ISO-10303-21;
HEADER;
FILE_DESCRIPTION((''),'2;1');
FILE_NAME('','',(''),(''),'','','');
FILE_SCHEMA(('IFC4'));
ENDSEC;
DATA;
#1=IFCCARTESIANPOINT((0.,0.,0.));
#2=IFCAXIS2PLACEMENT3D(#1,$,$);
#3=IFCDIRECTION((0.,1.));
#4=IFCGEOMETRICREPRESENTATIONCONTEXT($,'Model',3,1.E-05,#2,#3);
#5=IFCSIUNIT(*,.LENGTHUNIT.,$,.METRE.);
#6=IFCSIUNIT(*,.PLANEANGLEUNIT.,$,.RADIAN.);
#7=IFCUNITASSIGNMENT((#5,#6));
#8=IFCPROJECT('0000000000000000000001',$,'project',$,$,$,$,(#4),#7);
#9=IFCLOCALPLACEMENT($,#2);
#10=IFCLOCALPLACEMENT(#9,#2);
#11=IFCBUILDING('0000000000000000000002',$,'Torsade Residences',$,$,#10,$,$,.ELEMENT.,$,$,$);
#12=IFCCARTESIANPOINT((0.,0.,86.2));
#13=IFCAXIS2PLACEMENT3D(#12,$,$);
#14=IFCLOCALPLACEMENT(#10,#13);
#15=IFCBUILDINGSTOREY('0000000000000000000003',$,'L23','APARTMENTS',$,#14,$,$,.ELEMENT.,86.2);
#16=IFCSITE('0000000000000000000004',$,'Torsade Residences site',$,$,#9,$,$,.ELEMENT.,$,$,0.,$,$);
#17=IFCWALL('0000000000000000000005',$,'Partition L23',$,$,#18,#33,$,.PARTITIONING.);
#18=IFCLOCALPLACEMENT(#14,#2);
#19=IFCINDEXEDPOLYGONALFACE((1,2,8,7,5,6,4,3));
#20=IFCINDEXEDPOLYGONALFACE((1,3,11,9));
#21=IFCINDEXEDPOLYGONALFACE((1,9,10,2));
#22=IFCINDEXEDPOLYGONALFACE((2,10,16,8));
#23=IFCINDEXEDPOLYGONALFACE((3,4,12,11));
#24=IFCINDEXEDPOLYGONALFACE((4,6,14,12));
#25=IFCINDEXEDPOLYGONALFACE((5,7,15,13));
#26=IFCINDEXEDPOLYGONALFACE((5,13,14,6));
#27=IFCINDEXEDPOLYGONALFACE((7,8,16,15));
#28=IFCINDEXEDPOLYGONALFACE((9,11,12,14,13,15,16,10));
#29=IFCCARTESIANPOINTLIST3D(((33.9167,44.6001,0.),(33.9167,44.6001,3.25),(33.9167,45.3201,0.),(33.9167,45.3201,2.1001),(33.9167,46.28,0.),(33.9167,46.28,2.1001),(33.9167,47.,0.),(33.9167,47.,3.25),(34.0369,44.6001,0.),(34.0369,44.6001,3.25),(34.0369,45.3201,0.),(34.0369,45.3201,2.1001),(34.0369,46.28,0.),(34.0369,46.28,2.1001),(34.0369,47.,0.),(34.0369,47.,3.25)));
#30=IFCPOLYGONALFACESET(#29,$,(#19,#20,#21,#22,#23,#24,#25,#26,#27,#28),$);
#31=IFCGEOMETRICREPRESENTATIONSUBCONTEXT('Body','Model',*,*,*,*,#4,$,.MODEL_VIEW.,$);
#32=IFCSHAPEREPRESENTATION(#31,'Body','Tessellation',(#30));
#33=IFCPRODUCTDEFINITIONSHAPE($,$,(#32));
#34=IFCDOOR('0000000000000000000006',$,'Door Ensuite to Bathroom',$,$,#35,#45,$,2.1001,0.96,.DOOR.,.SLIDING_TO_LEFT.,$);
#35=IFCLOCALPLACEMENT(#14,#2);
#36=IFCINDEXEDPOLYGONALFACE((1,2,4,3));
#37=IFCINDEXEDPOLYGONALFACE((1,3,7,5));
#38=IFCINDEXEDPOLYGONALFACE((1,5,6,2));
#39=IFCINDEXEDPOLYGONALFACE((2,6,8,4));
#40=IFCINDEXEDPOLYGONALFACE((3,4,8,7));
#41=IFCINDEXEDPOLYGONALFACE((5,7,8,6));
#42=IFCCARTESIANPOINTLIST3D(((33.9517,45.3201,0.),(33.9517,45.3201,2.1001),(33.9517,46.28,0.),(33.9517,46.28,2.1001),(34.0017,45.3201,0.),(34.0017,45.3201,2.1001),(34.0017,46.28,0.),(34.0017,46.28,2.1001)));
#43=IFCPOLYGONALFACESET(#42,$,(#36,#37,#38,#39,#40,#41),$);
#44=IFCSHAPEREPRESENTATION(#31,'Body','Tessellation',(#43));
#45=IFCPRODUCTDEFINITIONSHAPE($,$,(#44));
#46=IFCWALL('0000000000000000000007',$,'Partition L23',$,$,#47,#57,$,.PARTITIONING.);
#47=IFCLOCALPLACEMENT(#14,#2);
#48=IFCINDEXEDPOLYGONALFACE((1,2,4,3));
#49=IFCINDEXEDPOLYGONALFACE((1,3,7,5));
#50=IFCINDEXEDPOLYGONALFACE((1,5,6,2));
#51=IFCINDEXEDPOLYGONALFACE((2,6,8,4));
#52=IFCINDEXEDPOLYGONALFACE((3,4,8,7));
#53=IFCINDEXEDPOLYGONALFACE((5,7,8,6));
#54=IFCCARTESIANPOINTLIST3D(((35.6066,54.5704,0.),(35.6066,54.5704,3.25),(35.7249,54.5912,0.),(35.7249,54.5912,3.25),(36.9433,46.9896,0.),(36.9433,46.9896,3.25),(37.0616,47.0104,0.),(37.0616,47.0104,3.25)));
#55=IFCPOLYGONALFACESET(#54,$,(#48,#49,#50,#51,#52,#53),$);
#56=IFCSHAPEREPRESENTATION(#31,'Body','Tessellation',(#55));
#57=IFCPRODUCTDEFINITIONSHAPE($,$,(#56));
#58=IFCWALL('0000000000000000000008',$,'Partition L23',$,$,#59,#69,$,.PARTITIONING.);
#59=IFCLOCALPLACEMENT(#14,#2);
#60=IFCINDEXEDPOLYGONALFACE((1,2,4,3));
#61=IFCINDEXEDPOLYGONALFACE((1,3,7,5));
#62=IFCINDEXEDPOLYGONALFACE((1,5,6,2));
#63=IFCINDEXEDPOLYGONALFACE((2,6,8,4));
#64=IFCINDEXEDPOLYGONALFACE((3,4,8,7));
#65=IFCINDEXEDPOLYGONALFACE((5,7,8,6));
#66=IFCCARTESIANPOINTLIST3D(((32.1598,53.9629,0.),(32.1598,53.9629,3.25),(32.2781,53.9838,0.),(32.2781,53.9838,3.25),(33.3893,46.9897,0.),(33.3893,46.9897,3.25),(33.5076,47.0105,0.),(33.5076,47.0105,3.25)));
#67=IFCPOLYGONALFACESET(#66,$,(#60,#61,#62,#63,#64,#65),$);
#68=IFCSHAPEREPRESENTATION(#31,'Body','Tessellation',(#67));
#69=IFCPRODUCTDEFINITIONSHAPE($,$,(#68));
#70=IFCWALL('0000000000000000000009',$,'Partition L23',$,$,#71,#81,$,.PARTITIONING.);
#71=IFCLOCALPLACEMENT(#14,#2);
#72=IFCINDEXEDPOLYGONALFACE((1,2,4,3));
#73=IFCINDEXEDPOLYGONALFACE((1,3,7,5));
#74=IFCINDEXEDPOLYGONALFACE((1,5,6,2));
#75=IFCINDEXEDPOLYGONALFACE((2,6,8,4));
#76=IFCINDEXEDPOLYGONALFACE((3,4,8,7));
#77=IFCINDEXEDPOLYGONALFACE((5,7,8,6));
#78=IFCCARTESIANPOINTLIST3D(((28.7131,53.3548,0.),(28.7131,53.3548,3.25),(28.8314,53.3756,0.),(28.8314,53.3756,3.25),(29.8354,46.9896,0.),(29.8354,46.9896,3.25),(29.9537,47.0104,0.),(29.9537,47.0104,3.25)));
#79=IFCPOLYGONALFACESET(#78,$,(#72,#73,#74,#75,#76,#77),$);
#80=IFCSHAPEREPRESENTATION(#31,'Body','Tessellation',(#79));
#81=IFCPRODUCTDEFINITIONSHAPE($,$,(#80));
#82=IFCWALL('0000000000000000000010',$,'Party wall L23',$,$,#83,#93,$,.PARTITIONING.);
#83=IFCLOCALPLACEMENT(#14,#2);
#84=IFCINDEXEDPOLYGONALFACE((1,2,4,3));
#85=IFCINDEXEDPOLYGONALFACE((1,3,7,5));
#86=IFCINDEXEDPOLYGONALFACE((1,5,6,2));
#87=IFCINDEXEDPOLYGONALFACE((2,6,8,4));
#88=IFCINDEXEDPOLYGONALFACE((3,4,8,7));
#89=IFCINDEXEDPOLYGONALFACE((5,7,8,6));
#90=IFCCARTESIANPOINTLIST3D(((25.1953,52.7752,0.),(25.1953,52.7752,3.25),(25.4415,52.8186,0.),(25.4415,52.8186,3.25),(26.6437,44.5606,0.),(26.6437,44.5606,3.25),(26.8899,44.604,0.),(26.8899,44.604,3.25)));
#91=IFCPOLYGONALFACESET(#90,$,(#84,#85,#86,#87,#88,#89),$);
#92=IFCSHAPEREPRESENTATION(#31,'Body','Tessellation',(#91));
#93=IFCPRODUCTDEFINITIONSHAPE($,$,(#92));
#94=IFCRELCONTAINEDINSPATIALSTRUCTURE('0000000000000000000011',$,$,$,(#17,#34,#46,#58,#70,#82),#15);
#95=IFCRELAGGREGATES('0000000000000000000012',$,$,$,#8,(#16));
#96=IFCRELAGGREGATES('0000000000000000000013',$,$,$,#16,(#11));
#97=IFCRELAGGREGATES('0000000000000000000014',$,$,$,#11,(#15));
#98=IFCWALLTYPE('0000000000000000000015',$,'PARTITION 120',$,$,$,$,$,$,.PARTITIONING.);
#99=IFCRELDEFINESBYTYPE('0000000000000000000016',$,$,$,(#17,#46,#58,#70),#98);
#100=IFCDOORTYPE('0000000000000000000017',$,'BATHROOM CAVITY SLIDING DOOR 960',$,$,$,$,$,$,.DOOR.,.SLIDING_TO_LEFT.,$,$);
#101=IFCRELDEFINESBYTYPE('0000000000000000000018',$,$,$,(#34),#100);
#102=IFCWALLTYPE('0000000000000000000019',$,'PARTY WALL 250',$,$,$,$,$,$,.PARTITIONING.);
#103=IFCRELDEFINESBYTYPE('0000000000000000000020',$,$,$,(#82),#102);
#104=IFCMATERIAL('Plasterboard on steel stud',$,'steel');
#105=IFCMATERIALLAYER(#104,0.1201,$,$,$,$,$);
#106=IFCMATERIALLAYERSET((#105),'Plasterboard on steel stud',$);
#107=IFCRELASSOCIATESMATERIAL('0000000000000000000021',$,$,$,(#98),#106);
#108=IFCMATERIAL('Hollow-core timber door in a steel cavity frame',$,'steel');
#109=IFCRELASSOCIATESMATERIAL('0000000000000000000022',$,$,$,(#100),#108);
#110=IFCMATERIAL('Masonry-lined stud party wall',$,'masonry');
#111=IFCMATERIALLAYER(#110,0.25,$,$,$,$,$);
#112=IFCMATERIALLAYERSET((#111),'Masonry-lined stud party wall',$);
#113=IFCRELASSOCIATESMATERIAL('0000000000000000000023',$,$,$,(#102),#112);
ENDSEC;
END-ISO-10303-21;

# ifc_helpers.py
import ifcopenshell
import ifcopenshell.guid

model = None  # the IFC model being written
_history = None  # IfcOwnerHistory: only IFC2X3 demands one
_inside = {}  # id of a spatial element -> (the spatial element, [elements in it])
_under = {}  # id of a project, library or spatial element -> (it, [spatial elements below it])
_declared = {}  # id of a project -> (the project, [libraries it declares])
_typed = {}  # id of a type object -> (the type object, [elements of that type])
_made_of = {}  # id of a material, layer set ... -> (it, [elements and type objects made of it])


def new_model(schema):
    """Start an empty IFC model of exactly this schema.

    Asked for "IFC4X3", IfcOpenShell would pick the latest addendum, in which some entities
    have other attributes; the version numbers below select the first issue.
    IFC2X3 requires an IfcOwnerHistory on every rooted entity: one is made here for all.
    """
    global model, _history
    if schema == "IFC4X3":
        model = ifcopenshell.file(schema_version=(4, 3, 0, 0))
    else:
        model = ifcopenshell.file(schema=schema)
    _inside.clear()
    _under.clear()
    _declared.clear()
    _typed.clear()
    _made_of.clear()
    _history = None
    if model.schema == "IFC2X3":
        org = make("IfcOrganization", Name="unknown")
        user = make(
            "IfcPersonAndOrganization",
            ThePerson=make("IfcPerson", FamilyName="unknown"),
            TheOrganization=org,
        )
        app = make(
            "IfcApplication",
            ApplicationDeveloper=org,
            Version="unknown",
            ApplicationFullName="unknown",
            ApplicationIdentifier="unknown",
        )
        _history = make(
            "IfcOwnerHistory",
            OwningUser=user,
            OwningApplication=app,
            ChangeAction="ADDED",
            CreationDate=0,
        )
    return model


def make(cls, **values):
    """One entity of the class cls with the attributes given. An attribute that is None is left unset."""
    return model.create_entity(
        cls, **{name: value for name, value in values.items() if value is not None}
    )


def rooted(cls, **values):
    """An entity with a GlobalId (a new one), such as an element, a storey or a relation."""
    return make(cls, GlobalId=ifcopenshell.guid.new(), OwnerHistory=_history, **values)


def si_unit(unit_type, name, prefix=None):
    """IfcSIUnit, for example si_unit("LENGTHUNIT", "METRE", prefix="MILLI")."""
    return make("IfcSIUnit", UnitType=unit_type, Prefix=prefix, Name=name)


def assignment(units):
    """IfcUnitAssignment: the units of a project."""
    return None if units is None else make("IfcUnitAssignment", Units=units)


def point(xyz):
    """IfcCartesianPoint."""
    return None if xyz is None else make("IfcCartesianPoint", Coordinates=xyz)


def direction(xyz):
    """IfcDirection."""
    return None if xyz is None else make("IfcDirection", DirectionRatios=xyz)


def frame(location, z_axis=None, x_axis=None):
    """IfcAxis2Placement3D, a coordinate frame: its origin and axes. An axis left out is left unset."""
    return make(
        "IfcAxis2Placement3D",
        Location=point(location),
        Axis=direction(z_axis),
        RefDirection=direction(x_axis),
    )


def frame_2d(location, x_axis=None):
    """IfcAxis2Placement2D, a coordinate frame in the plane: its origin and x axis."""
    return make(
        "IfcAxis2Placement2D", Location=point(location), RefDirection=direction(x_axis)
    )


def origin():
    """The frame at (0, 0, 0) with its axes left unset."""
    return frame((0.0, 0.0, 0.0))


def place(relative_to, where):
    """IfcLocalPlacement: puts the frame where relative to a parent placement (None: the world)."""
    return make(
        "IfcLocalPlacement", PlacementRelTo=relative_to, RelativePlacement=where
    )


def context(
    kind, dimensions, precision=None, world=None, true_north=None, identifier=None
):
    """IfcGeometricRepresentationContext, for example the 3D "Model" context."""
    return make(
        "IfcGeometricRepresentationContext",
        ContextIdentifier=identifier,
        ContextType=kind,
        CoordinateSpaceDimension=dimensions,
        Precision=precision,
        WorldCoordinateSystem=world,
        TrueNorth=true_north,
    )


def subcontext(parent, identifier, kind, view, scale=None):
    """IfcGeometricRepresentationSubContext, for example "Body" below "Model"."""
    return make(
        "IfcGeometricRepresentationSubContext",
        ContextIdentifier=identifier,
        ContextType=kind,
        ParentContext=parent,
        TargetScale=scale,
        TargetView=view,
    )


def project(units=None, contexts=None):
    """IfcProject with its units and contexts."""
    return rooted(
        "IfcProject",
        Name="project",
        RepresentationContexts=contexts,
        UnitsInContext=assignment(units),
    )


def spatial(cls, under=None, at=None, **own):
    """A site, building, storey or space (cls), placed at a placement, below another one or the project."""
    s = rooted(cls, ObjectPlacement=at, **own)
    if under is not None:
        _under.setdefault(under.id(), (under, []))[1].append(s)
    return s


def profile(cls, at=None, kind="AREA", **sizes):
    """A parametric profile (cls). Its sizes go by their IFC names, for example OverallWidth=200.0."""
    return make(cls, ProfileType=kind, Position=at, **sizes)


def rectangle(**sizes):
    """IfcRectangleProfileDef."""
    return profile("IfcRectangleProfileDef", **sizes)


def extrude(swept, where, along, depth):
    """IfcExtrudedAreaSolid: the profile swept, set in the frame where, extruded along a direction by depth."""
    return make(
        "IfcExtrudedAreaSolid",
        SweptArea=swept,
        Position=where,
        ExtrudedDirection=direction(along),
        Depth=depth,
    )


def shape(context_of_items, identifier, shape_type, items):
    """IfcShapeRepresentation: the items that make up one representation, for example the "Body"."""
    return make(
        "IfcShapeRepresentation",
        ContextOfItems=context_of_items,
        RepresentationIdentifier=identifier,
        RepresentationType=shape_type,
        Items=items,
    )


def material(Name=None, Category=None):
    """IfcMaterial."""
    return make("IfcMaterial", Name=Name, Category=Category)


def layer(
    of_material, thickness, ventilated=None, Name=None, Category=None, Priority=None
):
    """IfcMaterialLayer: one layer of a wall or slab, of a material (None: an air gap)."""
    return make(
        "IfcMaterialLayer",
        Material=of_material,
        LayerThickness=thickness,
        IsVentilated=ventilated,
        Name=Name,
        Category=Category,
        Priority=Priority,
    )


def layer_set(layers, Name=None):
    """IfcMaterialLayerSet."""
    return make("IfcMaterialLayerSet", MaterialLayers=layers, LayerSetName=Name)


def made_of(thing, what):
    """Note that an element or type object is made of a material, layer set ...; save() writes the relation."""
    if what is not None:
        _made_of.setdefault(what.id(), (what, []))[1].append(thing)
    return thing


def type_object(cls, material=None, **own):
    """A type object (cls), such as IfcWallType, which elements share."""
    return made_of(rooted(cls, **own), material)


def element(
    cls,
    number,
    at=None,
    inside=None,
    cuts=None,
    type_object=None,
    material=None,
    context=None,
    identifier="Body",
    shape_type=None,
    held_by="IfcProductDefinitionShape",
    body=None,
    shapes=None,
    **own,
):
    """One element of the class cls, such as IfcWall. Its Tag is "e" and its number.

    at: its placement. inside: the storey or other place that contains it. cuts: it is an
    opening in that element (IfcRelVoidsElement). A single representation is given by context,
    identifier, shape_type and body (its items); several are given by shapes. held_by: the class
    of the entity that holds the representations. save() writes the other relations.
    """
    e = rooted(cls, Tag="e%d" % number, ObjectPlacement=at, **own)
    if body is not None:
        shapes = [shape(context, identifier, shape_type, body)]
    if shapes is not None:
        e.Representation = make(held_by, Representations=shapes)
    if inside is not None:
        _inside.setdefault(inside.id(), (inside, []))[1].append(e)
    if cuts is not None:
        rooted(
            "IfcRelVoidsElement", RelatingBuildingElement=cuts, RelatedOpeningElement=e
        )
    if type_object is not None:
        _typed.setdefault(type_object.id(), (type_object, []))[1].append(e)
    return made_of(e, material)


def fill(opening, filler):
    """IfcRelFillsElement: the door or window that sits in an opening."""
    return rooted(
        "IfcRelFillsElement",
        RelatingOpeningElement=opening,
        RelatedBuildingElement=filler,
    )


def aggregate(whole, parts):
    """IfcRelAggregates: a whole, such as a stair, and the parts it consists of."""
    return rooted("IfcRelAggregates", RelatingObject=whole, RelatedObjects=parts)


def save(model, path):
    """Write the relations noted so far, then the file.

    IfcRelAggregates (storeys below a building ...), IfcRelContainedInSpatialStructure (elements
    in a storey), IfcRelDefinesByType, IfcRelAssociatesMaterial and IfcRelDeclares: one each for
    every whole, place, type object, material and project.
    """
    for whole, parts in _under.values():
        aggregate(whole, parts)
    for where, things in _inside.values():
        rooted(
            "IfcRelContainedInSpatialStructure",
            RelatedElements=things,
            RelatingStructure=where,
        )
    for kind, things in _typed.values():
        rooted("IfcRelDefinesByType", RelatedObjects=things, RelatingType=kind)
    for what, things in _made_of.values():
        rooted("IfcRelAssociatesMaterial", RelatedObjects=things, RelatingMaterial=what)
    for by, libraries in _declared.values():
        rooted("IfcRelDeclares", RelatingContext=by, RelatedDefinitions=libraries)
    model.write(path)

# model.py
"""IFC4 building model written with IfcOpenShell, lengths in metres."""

from ifc_helpers import new_model, si_unit, direction, frame, frame_2d, origin, place, context, subcontext, project, spatial, rectangle, extrude, material, layer, layer_set, type_object, element, fill, save


model = new_model("IFC4")

# Units and contexts
model_context = context("Model", 3, precision=1e-05, world=origin(), true_north=direction((0.0, 1.0)))
body_context = subcontext(model_context, "Body", "Model", "MODEL_VIEW")
ifc_project = project(units=[si_unit("LENGTHUNIT", "METRE"), si_unit("PLANEANGLEUNIT", "RADIAN")], contexts=[model_context])

# Site, building, storey
site_placement = place(None, origin())
site = spatial("IfcSite", under=ifc_project, at=site_placement, Name="Torsade Residences site", CompositionType="ELEMENT", RefElevation=0.0)
building_placement = place(site_placement, origin())
building = spatial("IfcBuilding", under=site, at=building_placement, Name="Torsade Residences", CompositionType="ELEMENT")
storey_placement = place(building_placement, frame((0.0, 0.0, 86.2)))
storey = spatial("IfcBuildingStorey", under=building, at=storey_placement, Name="L23", Description="APARTMENTS", CompositionType="ELEMENT", Elevation=86.2)

# Wall, opening, door
ifc_material_1 = material(Name="Plasterboard on steel stud", Category="steel")
ifc_layer_1 = layer(ifc_material_1, 0.1201)
ifc_layer_set_1 = layer_set([ifc_layer_1], Name="Plasterboard on steel stud")
wall_type_1 = type_object("IfcWallType", Name="PARTITION 120", PredefinedType="PARTITIONING", material=ifc_layer_set_1)
wall_1_placement = place(storey_placement, frame((33.9768, 47.0, 0.0), z_axis=(0.0, 0.0, 1.0), x_axis=(0.0, -1.0, 0.0)))
wall_1 = element("IfcWall", 1, at=wall_1_placement, inside=storey, type_object=wall_type_1, Name="Partition L23", PredefinedType="PARTITIONING", context=body_context, shape_type="SweptSolid", body=[
    extrude(rectangle(XDim=2.3999, YDim=0.1201, at=frame_2d((1.2, 0.0))), origin(), (0.0, 0.0, 1.0), 3.25),
])
opening_1_placement = place(wall_1_placement, frame((0.72, 0.0, 0.0)))
opening_1 = element("IfcOpeningElement", 2, at=opening_1_placement, cuts=wall_1, PredefinedType="OPENING", context=body_context, shape_type="SweptSolid", body=[
    extrude(rectangle(XDim=0.96, YDim=2.1001, at=frame_2d((0.48, 1.05))), frame((0.0, 0.0701, 0.0), z_axis=(0.0, -1.0, 0.0), x_axis=(1.0, 0.0, 0.0)), (0.0, 0.0, 1.0), 0.1401),
])
ifc_material_2 = material(Name="Hollow-core timber door in a steel cavity frame", Category="steel")
door_type_1 = type_object("IfcDoorType", Name="BATHROOM CAVITY SLIDING DOOR 960", OperationType="SLIDING_TO_LEFT", PredefinedType="DOOR", material=ifc_material_2)
door_1_placement = place(opening_1_placement, origin())
door_1 = element("IfcDoor", 3, at=door_1_placement, inside=storey, type_object=door_type_1, Name="Door Ensuite to Bathroom", OperationType="SLIDING_TO_LEFT", OverallHeight=2.1001, OverallWidth=0.96, PredefinedType="DOOR", context=body_context, shape_type="SweptSolid", body=[
    extrude(rectangle(XDim=0.96, YDim=2.1001, at=frame_2d((0.48, 1.05))), frame((0.0, 0.0249, 0.0), z_axis=(0.0, -1.0, 0.0), x_axis=(1.0, 0.0, 0.0)), (0.0, 0.0, 1.0), 0.05),
])
fill(opening_1, door_1)

# Walls
wall_2_placement = place(storey_placement, frame((37.0024, 47.0, 0.0), z_axis=(0.0, 0.0, 1.0), x_axis=(-0.173644, 0.984808, 0.0)))
element("IfcWall", 4, at=wall_2_placement, inside=storey, type_object=wall_type_1, Name="Partition L23", PredefinedType="PARTITIONING", context=body_context, shape_type="SweptSolid", body=[
    extrude(rectangle(XDim=7.6978, YDim=0.1201, at=frame_2d((3.8489, 0.0))), origin(), (0.0, 0.0, 1.0), 3.25),
])
wall_3_placement = place(storey_placement, frame((33.4485, 47.0, 0.0), z_axis=(0.0, 0.0, 1.0), x_axis=(-0.17364, 0.984809, 0.0)))
element("IfcWall", 5, at=wall_3_placement, inside=storey, type_object=wall_type_1, Name="Partition L23", PredefinedType="PARTITIONING", context=body_context, shape_type="SweptSolid", body=[
    extrude(rectangle(XDim=7.0808, YDim=0.1201, at=frame_2d((3.5405, 0.0))), origin(), (0.0, 0.0, 1.0), 3.25),
])
wall_4_placement = place(storey_placement, frame((29.8945, 47.0, 0.0), z_axis=(0.0, 0.0, 1.0), x_axis=(-0.173641, 0.984809, 0.0)))
element("IfcWall", 6, at=wall_4_placement, inside=storey, type_object=wall_type_1, Name="Partition L23", PredefinedType="PARTITIONING", context=body_context, shape_type="SweptSolid", body=[
    extrude(rectangle(XDim=6.4634, YDim=0.1201, at=frame_2d((3.2317, 0.0))), origin(), (0.0, 0.0, 1.0), 3.25),
])
ifc_material_3 = material(Name="Masonry-lined stud party wall", Category="masonry")
ifc_layer_2 = layer(ifc_material_3, 0.25)
ifc_layer_set_2 = layer_set([ifc_layer_2], Name="Masonry-lined stud party wall")
wall_type_2 = type_object("IfcWallType", Name="PARTY WALL 250", PredefinedType="PARTITIONING", material=ifc_layer_set_2)
wall_5_placement = place(storey_placement, frame((25.3184, 52.7969, 0.0), z_axis=(0.0, 0.0, 1.0), x_axis=(0.173652, -0.984807, 0.0)))
element("IfcWall", 7, at=wall_5_placement, inside=storey, type_object=wall_type_2, Name="Party wall L23", PredefinedType="PARTITIONING", context=body_context, shape_type="SweptSolid", body=[
    extrude(rectangle(XDim=8.3413, YDim=0.25, at=frame_2d((4.1707, 0.0))), origin(), (0.0, 0.0, 1.0), 3.25),
])

save(model, "model.ifc")
